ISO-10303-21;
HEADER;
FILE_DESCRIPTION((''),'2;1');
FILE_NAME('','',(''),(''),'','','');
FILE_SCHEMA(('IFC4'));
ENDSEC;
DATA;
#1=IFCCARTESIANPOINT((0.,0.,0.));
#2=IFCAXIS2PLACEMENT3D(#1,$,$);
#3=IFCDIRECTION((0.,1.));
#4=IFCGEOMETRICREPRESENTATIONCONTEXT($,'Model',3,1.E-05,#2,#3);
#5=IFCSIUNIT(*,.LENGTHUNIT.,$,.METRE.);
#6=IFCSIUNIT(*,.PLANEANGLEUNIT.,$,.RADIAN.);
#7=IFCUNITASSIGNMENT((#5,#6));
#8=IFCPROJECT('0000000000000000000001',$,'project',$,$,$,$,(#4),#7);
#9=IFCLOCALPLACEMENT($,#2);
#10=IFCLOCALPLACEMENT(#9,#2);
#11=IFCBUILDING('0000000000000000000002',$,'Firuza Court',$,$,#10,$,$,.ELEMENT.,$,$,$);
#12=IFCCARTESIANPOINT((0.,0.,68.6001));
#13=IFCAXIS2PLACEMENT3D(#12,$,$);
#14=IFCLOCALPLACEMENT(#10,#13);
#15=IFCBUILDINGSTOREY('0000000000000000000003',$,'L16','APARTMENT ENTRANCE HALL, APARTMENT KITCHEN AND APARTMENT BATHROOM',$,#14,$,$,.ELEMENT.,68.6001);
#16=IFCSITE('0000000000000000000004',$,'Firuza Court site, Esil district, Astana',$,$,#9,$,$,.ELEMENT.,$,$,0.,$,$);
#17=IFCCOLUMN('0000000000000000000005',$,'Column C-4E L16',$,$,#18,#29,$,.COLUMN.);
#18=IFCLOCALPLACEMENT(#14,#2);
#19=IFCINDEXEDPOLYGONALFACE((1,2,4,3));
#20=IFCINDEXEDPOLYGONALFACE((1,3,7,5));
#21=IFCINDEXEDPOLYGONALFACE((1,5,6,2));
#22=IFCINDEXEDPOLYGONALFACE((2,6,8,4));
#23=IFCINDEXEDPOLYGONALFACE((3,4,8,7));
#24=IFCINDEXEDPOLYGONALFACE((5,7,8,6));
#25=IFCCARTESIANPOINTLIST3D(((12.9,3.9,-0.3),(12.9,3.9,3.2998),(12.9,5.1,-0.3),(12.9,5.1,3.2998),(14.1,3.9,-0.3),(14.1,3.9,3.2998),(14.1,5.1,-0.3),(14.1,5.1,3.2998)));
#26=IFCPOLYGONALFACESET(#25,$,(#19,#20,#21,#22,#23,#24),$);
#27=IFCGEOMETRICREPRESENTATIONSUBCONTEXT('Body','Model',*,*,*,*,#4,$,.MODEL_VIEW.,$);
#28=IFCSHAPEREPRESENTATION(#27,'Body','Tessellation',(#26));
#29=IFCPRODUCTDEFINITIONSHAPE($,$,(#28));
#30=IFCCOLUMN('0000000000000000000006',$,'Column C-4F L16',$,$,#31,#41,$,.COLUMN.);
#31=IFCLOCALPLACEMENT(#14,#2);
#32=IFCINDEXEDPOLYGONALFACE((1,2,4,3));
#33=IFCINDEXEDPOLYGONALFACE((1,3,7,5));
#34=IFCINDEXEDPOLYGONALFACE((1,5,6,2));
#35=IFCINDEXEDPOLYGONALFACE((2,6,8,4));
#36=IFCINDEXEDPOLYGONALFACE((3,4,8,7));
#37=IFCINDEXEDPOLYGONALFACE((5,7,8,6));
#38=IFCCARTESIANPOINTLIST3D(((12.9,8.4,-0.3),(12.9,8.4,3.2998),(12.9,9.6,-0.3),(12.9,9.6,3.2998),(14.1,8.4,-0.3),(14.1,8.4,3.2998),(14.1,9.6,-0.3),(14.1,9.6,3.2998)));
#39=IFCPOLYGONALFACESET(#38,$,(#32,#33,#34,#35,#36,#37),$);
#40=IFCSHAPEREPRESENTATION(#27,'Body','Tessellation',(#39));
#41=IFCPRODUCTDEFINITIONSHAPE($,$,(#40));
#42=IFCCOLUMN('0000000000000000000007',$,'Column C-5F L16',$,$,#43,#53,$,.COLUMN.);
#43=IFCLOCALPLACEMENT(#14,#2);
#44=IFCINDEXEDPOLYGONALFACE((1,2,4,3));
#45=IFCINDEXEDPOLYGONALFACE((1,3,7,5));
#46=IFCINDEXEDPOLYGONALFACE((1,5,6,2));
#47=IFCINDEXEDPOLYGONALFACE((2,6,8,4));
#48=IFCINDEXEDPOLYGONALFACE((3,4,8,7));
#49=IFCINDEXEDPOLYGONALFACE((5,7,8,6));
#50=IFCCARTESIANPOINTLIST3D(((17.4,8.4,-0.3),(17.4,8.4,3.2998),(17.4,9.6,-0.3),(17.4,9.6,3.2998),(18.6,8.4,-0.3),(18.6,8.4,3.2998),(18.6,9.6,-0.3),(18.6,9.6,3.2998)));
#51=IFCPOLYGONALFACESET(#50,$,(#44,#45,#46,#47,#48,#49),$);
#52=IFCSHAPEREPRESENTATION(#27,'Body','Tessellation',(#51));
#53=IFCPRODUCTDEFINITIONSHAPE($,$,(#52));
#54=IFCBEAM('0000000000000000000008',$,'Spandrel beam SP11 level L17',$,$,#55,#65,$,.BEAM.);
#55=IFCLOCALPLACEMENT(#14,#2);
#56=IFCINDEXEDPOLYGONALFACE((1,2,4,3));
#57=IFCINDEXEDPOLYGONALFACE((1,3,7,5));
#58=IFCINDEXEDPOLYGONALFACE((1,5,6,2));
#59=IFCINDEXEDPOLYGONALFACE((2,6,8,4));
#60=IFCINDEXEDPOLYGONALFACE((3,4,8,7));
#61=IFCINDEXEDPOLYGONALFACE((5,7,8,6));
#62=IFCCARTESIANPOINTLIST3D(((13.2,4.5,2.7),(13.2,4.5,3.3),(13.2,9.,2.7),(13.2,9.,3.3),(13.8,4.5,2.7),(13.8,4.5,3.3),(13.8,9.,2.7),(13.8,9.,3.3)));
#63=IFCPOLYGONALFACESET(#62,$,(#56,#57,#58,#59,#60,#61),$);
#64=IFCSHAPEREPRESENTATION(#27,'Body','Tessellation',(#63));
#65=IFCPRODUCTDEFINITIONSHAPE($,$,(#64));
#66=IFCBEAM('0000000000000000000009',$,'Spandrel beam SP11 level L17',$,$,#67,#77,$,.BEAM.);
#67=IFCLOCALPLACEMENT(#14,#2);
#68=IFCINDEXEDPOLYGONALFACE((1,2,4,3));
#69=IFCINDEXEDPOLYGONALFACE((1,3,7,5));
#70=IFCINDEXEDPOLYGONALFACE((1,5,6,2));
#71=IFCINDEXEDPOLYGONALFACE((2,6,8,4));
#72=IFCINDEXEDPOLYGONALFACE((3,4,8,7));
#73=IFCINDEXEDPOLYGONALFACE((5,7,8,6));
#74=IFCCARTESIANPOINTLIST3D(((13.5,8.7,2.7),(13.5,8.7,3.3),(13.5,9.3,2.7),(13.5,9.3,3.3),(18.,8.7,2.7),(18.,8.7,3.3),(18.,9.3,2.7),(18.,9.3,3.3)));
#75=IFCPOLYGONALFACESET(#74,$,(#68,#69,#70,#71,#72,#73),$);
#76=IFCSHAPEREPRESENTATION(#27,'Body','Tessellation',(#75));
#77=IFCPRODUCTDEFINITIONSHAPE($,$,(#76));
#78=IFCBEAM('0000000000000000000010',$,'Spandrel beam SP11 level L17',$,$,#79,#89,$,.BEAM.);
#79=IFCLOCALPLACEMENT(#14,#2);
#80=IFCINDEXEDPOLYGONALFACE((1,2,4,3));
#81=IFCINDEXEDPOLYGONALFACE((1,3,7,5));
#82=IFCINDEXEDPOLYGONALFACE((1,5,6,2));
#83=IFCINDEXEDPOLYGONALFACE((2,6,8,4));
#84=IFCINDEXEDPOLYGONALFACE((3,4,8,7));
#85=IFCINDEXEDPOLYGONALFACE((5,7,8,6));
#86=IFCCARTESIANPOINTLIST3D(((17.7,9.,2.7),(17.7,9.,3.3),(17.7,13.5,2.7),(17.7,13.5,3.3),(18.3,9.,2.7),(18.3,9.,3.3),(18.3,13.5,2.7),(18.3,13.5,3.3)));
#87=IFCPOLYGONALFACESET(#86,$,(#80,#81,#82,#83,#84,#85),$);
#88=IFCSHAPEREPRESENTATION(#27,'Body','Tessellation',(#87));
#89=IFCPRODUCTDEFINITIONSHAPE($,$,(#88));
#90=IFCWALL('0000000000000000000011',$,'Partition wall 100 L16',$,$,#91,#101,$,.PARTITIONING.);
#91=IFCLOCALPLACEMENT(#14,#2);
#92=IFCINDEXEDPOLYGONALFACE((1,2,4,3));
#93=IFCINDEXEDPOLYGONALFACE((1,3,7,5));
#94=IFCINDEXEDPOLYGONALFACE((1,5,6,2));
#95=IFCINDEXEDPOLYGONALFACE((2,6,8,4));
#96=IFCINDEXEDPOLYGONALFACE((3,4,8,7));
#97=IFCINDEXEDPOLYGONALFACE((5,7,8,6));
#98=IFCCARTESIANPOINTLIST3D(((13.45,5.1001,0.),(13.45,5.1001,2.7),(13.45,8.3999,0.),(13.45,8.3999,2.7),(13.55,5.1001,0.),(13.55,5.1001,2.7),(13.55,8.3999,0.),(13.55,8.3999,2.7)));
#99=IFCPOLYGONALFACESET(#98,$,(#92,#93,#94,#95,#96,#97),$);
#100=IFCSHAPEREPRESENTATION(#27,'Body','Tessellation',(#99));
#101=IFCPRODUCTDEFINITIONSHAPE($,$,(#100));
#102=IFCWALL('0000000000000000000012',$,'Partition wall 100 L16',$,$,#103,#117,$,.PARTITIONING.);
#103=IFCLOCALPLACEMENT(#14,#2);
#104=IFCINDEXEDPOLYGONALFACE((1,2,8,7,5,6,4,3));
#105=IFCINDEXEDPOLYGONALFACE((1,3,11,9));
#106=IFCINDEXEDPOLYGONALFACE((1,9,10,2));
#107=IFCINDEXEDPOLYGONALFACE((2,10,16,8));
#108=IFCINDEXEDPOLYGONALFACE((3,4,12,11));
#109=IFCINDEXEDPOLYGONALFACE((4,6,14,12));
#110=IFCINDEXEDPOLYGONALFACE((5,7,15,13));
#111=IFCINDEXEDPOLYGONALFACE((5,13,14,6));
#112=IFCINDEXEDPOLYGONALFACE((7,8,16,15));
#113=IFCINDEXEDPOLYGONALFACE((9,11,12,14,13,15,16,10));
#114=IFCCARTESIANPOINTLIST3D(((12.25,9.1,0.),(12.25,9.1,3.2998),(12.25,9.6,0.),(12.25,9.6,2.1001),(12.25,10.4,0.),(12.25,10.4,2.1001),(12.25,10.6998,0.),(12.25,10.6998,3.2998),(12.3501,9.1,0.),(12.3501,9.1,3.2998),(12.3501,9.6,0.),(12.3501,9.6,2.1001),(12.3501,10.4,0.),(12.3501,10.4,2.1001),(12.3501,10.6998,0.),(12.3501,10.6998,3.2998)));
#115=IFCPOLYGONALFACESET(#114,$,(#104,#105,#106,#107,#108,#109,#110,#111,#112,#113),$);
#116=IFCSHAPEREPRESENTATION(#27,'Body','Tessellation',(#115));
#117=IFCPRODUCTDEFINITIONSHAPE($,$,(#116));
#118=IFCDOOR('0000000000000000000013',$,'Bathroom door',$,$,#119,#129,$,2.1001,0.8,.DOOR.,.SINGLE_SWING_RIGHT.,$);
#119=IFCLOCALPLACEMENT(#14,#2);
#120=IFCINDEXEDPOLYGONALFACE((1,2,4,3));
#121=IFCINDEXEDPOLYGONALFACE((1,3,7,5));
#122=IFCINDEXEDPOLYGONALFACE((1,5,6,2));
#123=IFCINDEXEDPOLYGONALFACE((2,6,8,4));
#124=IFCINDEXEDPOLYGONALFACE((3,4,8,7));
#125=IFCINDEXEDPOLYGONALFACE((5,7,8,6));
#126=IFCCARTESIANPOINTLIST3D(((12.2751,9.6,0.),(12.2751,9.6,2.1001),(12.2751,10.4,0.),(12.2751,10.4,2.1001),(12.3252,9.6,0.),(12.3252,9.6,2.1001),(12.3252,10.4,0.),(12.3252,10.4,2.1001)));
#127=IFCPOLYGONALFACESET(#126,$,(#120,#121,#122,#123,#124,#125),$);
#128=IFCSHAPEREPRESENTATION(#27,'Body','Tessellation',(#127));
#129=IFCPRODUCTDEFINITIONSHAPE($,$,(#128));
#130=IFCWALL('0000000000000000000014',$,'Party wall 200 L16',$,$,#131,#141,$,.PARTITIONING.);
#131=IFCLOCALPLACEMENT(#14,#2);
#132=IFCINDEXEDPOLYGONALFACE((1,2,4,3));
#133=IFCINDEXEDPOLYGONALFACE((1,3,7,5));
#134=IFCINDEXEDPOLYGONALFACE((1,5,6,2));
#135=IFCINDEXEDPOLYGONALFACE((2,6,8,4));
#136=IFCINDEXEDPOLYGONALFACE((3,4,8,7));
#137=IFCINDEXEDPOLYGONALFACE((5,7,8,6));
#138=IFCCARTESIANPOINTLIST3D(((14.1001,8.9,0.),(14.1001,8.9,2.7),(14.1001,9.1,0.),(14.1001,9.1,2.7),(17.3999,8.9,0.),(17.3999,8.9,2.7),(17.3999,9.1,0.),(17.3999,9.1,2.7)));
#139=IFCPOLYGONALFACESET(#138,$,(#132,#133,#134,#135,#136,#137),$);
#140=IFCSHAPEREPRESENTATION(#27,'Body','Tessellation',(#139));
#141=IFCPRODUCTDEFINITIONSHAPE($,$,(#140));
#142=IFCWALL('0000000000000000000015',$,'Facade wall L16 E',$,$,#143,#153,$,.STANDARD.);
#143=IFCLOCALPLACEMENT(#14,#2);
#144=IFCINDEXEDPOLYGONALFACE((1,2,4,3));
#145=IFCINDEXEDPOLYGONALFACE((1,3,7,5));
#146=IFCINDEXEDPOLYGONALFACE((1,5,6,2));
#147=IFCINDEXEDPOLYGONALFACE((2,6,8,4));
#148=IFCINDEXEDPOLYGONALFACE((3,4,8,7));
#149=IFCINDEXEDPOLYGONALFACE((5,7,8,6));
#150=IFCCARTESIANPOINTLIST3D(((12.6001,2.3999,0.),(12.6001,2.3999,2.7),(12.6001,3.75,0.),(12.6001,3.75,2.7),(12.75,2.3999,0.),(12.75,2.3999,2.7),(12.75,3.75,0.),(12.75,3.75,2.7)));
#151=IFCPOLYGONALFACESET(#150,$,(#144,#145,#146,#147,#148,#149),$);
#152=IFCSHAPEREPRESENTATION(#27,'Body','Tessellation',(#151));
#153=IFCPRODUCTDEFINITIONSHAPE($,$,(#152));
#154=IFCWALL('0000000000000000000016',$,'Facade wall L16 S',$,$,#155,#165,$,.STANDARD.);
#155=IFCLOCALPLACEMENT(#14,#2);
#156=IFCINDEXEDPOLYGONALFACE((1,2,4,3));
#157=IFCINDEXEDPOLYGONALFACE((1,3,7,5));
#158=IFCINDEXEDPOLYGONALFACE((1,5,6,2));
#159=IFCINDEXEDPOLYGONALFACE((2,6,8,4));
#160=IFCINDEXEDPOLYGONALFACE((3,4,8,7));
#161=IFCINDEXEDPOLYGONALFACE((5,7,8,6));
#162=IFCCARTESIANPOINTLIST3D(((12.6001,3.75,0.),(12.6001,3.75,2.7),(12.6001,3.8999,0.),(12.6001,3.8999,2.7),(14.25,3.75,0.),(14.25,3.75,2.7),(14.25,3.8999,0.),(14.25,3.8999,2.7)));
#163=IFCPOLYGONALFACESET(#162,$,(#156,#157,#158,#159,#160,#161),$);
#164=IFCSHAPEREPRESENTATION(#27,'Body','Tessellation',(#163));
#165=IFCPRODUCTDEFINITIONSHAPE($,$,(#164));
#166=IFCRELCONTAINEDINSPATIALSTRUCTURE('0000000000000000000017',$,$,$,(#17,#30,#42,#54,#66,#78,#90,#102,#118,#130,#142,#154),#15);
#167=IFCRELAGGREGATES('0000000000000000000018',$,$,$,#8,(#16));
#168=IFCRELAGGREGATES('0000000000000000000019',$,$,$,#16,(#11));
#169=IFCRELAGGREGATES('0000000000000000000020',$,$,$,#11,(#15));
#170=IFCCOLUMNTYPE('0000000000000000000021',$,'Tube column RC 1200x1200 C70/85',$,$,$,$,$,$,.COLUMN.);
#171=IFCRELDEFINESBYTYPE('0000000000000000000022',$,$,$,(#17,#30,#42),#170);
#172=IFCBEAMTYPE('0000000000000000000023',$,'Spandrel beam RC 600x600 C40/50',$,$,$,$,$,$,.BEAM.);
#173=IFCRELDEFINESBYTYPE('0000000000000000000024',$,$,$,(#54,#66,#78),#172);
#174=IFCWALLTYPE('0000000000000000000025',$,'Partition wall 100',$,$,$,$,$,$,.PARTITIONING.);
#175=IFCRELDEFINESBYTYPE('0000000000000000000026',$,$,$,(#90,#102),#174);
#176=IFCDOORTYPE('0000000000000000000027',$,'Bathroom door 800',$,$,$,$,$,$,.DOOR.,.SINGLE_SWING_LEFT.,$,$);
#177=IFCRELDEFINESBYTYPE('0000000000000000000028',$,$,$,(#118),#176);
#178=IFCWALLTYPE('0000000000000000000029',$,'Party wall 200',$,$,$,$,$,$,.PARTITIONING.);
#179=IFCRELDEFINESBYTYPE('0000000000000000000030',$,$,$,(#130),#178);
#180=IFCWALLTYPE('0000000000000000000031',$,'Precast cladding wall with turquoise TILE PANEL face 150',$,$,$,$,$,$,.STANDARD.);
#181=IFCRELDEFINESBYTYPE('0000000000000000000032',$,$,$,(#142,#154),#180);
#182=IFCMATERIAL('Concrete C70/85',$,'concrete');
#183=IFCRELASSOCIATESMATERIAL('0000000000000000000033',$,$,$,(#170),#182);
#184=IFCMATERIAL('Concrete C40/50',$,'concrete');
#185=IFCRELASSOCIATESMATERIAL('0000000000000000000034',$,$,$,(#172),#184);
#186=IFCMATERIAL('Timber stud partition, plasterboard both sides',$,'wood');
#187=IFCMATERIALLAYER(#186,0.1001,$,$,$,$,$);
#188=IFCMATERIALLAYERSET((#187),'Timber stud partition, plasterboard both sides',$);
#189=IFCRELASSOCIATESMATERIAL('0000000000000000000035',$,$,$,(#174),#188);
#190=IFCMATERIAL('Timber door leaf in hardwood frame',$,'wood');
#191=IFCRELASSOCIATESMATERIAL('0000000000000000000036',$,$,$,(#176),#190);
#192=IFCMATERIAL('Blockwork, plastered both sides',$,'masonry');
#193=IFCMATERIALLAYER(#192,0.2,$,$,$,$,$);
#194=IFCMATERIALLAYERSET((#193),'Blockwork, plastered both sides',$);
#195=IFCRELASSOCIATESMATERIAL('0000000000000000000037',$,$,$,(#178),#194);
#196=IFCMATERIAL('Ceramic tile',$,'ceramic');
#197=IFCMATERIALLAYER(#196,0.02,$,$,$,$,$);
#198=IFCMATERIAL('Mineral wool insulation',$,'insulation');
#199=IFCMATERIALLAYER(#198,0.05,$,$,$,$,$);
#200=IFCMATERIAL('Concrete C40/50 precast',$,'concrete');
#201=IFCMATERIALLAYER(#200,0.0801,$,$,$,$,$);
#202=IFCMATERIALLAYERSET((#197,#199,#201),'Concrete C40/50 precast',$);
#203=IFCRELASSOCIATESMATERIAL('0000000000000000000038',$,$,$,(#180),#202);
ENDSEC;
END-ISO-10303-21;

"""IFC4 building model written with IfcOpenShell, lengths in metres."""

from ifc_helpers import new_model, si_unit, direction, frame, frame_2d, origin, origin_2d, place, context, subcontext, project, spatial, rectangle, extrude, material, layer, layer_set, material_profile, profile_set, type_object, element, fill, save


model = new_model("IFC4")

# Units and contexts
model_context = context("Model", 3, precision=1e-05, world=origin(), true_north=direction((0.0, 1.0)))
body_context = subcontext(model_context, "Body", "Model", "MODEL_VIEW")
ifc_project = project(units=[si_unit("LENGTHUNIT", "METRE"), si_unit("PLANEANGLEUNIT", "RADIAN")], contexts=[model_context])

# Site, building, storey
site_placement = place(None, origin())
site = spatial("IfcSite", under=ifc_project, at=site_placement, Name="Firuza Court site, Esil district, Astana", CompositionType="ELEMENT", RefElevation=0.0)
building_placement = place(site_placement, origin())
building = spatial("IfcBuilding", under=site, at=building_placement, Name="Firuza Court", CompositionType="ELEMENT")
storey_placement = place(building_placement, frame((0.0, 0.0, 68.6001)))
storey = spatial("IfcBuildingStorey", under=building, at=storey_placement, Name="L16", Description="APARTMENT ENTRANCE HALL, APARTMENT KITCHEN AND APARTMENT BATHROOM", CompositionType="ELEMENT", Elevation=68.6001)

# Columns
ifc_material_1 = material(Name="Concrete C70/85", Category="concrete")
ifc_material_profile_1 = material_profile(ifc_material_1, rectangle(XDim=1.2, YDim=1.2, at=origin_2d()), Name="RC 1200x1200")
ifc_profile_set_1 = profile_set([ifc_material_profile_1], Name="Concrete C70/85")
column_type = type_object("IfcColumnType", Name="Tube column RC 1200x1200 C70/85", PredefinedType="COLUMN", material=ifc_profile_set_1)
for number, where, z_axis, x_axis, name in (
    (1, (13.5, 4.5, -0.3), (0.0, 0.0, 1.0), (1.0, 0.0, 0.0), "Column C-4E L16"),
    (2, (13.5, 9.0, -0.3), (0.0, 0.0, 1.0), (1.0, 0.0, 0.0), "Column C-4F L16"),
    (3, (18.0, 9.0, -0.3), (0.0, 0.0, 1.0), (1.0, 0.0, 0.0), "Column C-5F L16"),
):
    element("IfcColumn", number, at=place(storey_placement, frame(where, z_axis=z_axis, x_axis=x_axis)), inside=storey, type_object=column_type, Name=name, PredefinedType="COLUMN", context=body_context, shape_type="SweptSolid", body=[
        extrude(rectangle(XDim=1.2, YDim=1.2, at=origin_2d()), origin(), (0.0, 0.0, 1.0), 3.5999),
    ])

# Beams
ifc_material_2 = material(Name="Concrete C40/50", Category="concrete")
ifc_material_profile_2 = material_profile(ifc_material_2, rectangle(XDim=0.6001, YDim=0.6001, at=origin_2d()), Name="RC 600x600")
ifc_profile_set_2 = profile_set([ifc_material_profile_2], Name="Concrete C40/50")
beam_type = type_object("IfcBeamType", Name="Spandrel beam RC 600x600 C40/50", PredefinedType="BEAM", material=ifc_profile_set_2)
for number, where, z_axis, x_axis, name in (
    (4, (13.5, 4.5, 3.0), (0.0, 1.0, 0.0), (-1.0, 0.0, 0.0), "Spandrel beam SP11 level L17"),
    (5, (13.5, 9.0, 3.0), (1.0, 0.0, 0.0), (0.0, 1.0, 0.0), "Spandrel beam SP11 level L17"),
    (6, (18.0, 9.0, 3.0), (0.0, 1.0, 0.0), (-1.0, 0.0, 0.0), "Spandrel beam SP11 level L17"),
):
    element("IfcBeam", number, at=place(storey_placement, frame(where, z_axis=z_axis, x_axis=x_axis)), inside=storey, type_object=beam_type, Name=name, PredefinedType="BEAM", context=body_context, shape_type="SweptSolid", body=[
        extrude(rectangle(XDim=0.6001, YDim=0.6001, at=origin_2d()), origin(), (0.0, 0.0, 1.0), 4.5),
    ])

# Wall
ifc_material_3 = material(Name="Timber stud partition, plasterboard both sides", Category="wood")
ifc_layer_1 = layer(ifc_material_3, 0.1001)
ifc_layer_set_1 = layer_set([ifc_layer_1], Name="Timber stud partition, plasterboard both sides")
wall_type_1 = type_object("IfcWallType", Name="Partition wall 100", PredefinedType="PARTITIONING", material=ifc_layer_set_1)
wall_1_placement = place(storey_placement, frame((13.5, 5.1001, 0.0), z_axis=(0.0, 0.0, 1.0), x_axis=(0.0, 1.0, 0.0)))
element("IfcWall", 7, at=wall_1_placement, inside=storey, type_object=wall_type_1, Name="Partition wall 100 L16", PredefinedType="PARTITIONING", context=body_context, shape_type="SweptSolid", body=[
    extrude(rectangle(XDim=3.2998, YDim=0.1001, at=frame_2d((1.6499, 0.0))), origin(), (0.0, 0.0, 1.0), 2.7),
])

# Wall, opening, door
wall_2_placement = place(storey_placement, frame((12.3, 9.1001, 0.0), z_axis=(0.0, 0.0, 1.0), x_axis=(0.0, 1.0, 0.0)))
wall_2 = element("IfcWall", 8, at=wall_2_placement, inside=storey, type_object=wall_type_1, Name="Partition wall 100 L16", PredefinedType="PARTITIONING", context=body_context, shape_type="SweptSolid", body=[
    extrude(rectangle(XDim=1.5999, YDim=0.1001, at=frame_2d((0.7998, 0.0))), origin(), (0.0, 0.0, 1.0), 3.2998),
])
opening_1_placement = place(wall_2_placement, frame((0.5, 0.0, 0.0)))
opening_1 = element("IfcOpeningElement", 9, at=opening_1_placement, cuts=wall_2, PredefinedType="OPENING", context=body_context, shape_type="SweptSolid", body=[
    extrude(rectangle(XDim=0.8, YDim=2.1001, at=frame_2d((0.3999, 1.05))), frame((0.0, 0.062, 0.0), z_axis=(0.0, -1.0, 0.0), x_axis=(1.0, 0.0, 0.0)), (0.0, 0.0, 1.0), 0.124),
])
ifc_material_4 = material(Name="Timber door leaf in hardwood frame", Category="wood")
door_type = type_object("IfcDoorType", Name="Bathroom door 800", OperationType="SINGLE_SWING_LEFT", PredefinedType="DOOR", material=ifc_material_4)
door_placement = place(opening_1_placement, origin())
door = element("IfcDoor", 10, at=door_placement, inside=storey, type_object=door_type, Name="Bathroom door", OperationType="SINGLE_SWING_RIGHT", OverallHeight=2.1001, OverallWidth=0.8, PredefinedType="DOOR", context=body_context, shape_type="SweptSolid", body=[
    extrude(rectangle(XDim=0.8, YDim=2.1001, at=frame_2d((0.3999, 1.05))), frame((0.0, 0.0249, 0.0), z_axis=(0.0, -1.0, 0.0), x_axis=(1.0, 0.0, 0.0)), (0.0, 0.0, 1.0), 0.05),
])
fill(opening_1, door)

# Walls
ifc_material_5 = material(Name="Blockwork, plastered both sides", Category="masonry")
ifc_layer_2 = layer(ifc_material_5, 0.2)
ifc_layer_set_2 = layer_set([ifc_layer_2], Name="Blockwork, plastered both sides")
wall_type_2 = type_object("IfcWallType", Name="Party wall 200", PredefinedType="PARTITIONING", material=ifc_layer_set_2)
wall_3_placement = place(storey_placement, frame((14.1001, 9.0, 0.0), z_axis=(0.0, 0.0, 1.0), x_axis=(1.0, 0.0, 0.0)))
element("IfcWall", 11, at=wall_3_placement, inside=storey, type_object=wall_type_2, Name="Party wall 200 L16", PredefinedType="PARTITIONING", context=body_context, shape_type="SweptSolid", body=[
    extrude(rectangle(XDim=3.2998, YDim=0.2, at=frame_2d((1.6499, 0.0))), origin(), (0.0, 0.0, 1.0), 2.7),
])
ifc_material_6 = material(Name="Ceramic tile", Category="ceramic")
ifc_layer_3 = layer(ifc_material_6, 0.02)
ifc_material_7 = material(Name="Mineral wool insulation", Category="insulation")
ifc_layer_4 = layer(ifc_material_7, 0.05)
ifc_material_8 = material(Name="Concrete C40/50 precast", Category="concrete")
ifc_layer_5 = layer(ifc_material_8, 0.0801)
ifc_layer_set_3 = layer_set([ifc_layer_3, ifc_layer_4, ifc_layer_5], Name="Concrete C40/50 precast")
wall_type_3 = type_object("IfcWallType", Name="Precast cladding wall with turquoise TILE PANEL face 150", PredefinedType="STANDARD", material=ifc_layer_set_3)
wall_4_placement = place(storey_placement, frame((12.675, 2.3999, 0.0), z_axis=(0.0, 0.0, 1.0), x_axis=(0.0, 1.0, 0.0)))
element("IfcWall", 12, at=wall_4_placement, inside=storey, type_object=wall_type_3, Name="Facade wall L16 E", PredefinedType="STANDARD", context=body_context, shape_type="SweptSolid", body=[
    extrude(rectangle(XDim=1.3501, YDim=0.1499, at=frame_2d((0.675, 0.0))), origin(), (0.0, 0.0, 1.0), 2.7),
])
wall_5_placement = place(storey_placement, frame((12.6001, 3.825, 0.0), z_axis=(0.0, 0.0, 1.0), x_axis=(1.0, 0.0, 0.0)))
element("IfcWall", 13, at=wall_5_placement, inside=storey, type_object=wall_type_3, Name="Facade wall L16 S", PredefinedType="STANDARD", context=body_context, shape_type="SweptSolid", body=[
    extrude(rectangle(XDim=1.6499, YDim=0.1499, at=frame_2d((0.825, 0.0))), origin(), (0.0, 0.0, 1.0), 2.7),
])

save(model, "model.ifc")
